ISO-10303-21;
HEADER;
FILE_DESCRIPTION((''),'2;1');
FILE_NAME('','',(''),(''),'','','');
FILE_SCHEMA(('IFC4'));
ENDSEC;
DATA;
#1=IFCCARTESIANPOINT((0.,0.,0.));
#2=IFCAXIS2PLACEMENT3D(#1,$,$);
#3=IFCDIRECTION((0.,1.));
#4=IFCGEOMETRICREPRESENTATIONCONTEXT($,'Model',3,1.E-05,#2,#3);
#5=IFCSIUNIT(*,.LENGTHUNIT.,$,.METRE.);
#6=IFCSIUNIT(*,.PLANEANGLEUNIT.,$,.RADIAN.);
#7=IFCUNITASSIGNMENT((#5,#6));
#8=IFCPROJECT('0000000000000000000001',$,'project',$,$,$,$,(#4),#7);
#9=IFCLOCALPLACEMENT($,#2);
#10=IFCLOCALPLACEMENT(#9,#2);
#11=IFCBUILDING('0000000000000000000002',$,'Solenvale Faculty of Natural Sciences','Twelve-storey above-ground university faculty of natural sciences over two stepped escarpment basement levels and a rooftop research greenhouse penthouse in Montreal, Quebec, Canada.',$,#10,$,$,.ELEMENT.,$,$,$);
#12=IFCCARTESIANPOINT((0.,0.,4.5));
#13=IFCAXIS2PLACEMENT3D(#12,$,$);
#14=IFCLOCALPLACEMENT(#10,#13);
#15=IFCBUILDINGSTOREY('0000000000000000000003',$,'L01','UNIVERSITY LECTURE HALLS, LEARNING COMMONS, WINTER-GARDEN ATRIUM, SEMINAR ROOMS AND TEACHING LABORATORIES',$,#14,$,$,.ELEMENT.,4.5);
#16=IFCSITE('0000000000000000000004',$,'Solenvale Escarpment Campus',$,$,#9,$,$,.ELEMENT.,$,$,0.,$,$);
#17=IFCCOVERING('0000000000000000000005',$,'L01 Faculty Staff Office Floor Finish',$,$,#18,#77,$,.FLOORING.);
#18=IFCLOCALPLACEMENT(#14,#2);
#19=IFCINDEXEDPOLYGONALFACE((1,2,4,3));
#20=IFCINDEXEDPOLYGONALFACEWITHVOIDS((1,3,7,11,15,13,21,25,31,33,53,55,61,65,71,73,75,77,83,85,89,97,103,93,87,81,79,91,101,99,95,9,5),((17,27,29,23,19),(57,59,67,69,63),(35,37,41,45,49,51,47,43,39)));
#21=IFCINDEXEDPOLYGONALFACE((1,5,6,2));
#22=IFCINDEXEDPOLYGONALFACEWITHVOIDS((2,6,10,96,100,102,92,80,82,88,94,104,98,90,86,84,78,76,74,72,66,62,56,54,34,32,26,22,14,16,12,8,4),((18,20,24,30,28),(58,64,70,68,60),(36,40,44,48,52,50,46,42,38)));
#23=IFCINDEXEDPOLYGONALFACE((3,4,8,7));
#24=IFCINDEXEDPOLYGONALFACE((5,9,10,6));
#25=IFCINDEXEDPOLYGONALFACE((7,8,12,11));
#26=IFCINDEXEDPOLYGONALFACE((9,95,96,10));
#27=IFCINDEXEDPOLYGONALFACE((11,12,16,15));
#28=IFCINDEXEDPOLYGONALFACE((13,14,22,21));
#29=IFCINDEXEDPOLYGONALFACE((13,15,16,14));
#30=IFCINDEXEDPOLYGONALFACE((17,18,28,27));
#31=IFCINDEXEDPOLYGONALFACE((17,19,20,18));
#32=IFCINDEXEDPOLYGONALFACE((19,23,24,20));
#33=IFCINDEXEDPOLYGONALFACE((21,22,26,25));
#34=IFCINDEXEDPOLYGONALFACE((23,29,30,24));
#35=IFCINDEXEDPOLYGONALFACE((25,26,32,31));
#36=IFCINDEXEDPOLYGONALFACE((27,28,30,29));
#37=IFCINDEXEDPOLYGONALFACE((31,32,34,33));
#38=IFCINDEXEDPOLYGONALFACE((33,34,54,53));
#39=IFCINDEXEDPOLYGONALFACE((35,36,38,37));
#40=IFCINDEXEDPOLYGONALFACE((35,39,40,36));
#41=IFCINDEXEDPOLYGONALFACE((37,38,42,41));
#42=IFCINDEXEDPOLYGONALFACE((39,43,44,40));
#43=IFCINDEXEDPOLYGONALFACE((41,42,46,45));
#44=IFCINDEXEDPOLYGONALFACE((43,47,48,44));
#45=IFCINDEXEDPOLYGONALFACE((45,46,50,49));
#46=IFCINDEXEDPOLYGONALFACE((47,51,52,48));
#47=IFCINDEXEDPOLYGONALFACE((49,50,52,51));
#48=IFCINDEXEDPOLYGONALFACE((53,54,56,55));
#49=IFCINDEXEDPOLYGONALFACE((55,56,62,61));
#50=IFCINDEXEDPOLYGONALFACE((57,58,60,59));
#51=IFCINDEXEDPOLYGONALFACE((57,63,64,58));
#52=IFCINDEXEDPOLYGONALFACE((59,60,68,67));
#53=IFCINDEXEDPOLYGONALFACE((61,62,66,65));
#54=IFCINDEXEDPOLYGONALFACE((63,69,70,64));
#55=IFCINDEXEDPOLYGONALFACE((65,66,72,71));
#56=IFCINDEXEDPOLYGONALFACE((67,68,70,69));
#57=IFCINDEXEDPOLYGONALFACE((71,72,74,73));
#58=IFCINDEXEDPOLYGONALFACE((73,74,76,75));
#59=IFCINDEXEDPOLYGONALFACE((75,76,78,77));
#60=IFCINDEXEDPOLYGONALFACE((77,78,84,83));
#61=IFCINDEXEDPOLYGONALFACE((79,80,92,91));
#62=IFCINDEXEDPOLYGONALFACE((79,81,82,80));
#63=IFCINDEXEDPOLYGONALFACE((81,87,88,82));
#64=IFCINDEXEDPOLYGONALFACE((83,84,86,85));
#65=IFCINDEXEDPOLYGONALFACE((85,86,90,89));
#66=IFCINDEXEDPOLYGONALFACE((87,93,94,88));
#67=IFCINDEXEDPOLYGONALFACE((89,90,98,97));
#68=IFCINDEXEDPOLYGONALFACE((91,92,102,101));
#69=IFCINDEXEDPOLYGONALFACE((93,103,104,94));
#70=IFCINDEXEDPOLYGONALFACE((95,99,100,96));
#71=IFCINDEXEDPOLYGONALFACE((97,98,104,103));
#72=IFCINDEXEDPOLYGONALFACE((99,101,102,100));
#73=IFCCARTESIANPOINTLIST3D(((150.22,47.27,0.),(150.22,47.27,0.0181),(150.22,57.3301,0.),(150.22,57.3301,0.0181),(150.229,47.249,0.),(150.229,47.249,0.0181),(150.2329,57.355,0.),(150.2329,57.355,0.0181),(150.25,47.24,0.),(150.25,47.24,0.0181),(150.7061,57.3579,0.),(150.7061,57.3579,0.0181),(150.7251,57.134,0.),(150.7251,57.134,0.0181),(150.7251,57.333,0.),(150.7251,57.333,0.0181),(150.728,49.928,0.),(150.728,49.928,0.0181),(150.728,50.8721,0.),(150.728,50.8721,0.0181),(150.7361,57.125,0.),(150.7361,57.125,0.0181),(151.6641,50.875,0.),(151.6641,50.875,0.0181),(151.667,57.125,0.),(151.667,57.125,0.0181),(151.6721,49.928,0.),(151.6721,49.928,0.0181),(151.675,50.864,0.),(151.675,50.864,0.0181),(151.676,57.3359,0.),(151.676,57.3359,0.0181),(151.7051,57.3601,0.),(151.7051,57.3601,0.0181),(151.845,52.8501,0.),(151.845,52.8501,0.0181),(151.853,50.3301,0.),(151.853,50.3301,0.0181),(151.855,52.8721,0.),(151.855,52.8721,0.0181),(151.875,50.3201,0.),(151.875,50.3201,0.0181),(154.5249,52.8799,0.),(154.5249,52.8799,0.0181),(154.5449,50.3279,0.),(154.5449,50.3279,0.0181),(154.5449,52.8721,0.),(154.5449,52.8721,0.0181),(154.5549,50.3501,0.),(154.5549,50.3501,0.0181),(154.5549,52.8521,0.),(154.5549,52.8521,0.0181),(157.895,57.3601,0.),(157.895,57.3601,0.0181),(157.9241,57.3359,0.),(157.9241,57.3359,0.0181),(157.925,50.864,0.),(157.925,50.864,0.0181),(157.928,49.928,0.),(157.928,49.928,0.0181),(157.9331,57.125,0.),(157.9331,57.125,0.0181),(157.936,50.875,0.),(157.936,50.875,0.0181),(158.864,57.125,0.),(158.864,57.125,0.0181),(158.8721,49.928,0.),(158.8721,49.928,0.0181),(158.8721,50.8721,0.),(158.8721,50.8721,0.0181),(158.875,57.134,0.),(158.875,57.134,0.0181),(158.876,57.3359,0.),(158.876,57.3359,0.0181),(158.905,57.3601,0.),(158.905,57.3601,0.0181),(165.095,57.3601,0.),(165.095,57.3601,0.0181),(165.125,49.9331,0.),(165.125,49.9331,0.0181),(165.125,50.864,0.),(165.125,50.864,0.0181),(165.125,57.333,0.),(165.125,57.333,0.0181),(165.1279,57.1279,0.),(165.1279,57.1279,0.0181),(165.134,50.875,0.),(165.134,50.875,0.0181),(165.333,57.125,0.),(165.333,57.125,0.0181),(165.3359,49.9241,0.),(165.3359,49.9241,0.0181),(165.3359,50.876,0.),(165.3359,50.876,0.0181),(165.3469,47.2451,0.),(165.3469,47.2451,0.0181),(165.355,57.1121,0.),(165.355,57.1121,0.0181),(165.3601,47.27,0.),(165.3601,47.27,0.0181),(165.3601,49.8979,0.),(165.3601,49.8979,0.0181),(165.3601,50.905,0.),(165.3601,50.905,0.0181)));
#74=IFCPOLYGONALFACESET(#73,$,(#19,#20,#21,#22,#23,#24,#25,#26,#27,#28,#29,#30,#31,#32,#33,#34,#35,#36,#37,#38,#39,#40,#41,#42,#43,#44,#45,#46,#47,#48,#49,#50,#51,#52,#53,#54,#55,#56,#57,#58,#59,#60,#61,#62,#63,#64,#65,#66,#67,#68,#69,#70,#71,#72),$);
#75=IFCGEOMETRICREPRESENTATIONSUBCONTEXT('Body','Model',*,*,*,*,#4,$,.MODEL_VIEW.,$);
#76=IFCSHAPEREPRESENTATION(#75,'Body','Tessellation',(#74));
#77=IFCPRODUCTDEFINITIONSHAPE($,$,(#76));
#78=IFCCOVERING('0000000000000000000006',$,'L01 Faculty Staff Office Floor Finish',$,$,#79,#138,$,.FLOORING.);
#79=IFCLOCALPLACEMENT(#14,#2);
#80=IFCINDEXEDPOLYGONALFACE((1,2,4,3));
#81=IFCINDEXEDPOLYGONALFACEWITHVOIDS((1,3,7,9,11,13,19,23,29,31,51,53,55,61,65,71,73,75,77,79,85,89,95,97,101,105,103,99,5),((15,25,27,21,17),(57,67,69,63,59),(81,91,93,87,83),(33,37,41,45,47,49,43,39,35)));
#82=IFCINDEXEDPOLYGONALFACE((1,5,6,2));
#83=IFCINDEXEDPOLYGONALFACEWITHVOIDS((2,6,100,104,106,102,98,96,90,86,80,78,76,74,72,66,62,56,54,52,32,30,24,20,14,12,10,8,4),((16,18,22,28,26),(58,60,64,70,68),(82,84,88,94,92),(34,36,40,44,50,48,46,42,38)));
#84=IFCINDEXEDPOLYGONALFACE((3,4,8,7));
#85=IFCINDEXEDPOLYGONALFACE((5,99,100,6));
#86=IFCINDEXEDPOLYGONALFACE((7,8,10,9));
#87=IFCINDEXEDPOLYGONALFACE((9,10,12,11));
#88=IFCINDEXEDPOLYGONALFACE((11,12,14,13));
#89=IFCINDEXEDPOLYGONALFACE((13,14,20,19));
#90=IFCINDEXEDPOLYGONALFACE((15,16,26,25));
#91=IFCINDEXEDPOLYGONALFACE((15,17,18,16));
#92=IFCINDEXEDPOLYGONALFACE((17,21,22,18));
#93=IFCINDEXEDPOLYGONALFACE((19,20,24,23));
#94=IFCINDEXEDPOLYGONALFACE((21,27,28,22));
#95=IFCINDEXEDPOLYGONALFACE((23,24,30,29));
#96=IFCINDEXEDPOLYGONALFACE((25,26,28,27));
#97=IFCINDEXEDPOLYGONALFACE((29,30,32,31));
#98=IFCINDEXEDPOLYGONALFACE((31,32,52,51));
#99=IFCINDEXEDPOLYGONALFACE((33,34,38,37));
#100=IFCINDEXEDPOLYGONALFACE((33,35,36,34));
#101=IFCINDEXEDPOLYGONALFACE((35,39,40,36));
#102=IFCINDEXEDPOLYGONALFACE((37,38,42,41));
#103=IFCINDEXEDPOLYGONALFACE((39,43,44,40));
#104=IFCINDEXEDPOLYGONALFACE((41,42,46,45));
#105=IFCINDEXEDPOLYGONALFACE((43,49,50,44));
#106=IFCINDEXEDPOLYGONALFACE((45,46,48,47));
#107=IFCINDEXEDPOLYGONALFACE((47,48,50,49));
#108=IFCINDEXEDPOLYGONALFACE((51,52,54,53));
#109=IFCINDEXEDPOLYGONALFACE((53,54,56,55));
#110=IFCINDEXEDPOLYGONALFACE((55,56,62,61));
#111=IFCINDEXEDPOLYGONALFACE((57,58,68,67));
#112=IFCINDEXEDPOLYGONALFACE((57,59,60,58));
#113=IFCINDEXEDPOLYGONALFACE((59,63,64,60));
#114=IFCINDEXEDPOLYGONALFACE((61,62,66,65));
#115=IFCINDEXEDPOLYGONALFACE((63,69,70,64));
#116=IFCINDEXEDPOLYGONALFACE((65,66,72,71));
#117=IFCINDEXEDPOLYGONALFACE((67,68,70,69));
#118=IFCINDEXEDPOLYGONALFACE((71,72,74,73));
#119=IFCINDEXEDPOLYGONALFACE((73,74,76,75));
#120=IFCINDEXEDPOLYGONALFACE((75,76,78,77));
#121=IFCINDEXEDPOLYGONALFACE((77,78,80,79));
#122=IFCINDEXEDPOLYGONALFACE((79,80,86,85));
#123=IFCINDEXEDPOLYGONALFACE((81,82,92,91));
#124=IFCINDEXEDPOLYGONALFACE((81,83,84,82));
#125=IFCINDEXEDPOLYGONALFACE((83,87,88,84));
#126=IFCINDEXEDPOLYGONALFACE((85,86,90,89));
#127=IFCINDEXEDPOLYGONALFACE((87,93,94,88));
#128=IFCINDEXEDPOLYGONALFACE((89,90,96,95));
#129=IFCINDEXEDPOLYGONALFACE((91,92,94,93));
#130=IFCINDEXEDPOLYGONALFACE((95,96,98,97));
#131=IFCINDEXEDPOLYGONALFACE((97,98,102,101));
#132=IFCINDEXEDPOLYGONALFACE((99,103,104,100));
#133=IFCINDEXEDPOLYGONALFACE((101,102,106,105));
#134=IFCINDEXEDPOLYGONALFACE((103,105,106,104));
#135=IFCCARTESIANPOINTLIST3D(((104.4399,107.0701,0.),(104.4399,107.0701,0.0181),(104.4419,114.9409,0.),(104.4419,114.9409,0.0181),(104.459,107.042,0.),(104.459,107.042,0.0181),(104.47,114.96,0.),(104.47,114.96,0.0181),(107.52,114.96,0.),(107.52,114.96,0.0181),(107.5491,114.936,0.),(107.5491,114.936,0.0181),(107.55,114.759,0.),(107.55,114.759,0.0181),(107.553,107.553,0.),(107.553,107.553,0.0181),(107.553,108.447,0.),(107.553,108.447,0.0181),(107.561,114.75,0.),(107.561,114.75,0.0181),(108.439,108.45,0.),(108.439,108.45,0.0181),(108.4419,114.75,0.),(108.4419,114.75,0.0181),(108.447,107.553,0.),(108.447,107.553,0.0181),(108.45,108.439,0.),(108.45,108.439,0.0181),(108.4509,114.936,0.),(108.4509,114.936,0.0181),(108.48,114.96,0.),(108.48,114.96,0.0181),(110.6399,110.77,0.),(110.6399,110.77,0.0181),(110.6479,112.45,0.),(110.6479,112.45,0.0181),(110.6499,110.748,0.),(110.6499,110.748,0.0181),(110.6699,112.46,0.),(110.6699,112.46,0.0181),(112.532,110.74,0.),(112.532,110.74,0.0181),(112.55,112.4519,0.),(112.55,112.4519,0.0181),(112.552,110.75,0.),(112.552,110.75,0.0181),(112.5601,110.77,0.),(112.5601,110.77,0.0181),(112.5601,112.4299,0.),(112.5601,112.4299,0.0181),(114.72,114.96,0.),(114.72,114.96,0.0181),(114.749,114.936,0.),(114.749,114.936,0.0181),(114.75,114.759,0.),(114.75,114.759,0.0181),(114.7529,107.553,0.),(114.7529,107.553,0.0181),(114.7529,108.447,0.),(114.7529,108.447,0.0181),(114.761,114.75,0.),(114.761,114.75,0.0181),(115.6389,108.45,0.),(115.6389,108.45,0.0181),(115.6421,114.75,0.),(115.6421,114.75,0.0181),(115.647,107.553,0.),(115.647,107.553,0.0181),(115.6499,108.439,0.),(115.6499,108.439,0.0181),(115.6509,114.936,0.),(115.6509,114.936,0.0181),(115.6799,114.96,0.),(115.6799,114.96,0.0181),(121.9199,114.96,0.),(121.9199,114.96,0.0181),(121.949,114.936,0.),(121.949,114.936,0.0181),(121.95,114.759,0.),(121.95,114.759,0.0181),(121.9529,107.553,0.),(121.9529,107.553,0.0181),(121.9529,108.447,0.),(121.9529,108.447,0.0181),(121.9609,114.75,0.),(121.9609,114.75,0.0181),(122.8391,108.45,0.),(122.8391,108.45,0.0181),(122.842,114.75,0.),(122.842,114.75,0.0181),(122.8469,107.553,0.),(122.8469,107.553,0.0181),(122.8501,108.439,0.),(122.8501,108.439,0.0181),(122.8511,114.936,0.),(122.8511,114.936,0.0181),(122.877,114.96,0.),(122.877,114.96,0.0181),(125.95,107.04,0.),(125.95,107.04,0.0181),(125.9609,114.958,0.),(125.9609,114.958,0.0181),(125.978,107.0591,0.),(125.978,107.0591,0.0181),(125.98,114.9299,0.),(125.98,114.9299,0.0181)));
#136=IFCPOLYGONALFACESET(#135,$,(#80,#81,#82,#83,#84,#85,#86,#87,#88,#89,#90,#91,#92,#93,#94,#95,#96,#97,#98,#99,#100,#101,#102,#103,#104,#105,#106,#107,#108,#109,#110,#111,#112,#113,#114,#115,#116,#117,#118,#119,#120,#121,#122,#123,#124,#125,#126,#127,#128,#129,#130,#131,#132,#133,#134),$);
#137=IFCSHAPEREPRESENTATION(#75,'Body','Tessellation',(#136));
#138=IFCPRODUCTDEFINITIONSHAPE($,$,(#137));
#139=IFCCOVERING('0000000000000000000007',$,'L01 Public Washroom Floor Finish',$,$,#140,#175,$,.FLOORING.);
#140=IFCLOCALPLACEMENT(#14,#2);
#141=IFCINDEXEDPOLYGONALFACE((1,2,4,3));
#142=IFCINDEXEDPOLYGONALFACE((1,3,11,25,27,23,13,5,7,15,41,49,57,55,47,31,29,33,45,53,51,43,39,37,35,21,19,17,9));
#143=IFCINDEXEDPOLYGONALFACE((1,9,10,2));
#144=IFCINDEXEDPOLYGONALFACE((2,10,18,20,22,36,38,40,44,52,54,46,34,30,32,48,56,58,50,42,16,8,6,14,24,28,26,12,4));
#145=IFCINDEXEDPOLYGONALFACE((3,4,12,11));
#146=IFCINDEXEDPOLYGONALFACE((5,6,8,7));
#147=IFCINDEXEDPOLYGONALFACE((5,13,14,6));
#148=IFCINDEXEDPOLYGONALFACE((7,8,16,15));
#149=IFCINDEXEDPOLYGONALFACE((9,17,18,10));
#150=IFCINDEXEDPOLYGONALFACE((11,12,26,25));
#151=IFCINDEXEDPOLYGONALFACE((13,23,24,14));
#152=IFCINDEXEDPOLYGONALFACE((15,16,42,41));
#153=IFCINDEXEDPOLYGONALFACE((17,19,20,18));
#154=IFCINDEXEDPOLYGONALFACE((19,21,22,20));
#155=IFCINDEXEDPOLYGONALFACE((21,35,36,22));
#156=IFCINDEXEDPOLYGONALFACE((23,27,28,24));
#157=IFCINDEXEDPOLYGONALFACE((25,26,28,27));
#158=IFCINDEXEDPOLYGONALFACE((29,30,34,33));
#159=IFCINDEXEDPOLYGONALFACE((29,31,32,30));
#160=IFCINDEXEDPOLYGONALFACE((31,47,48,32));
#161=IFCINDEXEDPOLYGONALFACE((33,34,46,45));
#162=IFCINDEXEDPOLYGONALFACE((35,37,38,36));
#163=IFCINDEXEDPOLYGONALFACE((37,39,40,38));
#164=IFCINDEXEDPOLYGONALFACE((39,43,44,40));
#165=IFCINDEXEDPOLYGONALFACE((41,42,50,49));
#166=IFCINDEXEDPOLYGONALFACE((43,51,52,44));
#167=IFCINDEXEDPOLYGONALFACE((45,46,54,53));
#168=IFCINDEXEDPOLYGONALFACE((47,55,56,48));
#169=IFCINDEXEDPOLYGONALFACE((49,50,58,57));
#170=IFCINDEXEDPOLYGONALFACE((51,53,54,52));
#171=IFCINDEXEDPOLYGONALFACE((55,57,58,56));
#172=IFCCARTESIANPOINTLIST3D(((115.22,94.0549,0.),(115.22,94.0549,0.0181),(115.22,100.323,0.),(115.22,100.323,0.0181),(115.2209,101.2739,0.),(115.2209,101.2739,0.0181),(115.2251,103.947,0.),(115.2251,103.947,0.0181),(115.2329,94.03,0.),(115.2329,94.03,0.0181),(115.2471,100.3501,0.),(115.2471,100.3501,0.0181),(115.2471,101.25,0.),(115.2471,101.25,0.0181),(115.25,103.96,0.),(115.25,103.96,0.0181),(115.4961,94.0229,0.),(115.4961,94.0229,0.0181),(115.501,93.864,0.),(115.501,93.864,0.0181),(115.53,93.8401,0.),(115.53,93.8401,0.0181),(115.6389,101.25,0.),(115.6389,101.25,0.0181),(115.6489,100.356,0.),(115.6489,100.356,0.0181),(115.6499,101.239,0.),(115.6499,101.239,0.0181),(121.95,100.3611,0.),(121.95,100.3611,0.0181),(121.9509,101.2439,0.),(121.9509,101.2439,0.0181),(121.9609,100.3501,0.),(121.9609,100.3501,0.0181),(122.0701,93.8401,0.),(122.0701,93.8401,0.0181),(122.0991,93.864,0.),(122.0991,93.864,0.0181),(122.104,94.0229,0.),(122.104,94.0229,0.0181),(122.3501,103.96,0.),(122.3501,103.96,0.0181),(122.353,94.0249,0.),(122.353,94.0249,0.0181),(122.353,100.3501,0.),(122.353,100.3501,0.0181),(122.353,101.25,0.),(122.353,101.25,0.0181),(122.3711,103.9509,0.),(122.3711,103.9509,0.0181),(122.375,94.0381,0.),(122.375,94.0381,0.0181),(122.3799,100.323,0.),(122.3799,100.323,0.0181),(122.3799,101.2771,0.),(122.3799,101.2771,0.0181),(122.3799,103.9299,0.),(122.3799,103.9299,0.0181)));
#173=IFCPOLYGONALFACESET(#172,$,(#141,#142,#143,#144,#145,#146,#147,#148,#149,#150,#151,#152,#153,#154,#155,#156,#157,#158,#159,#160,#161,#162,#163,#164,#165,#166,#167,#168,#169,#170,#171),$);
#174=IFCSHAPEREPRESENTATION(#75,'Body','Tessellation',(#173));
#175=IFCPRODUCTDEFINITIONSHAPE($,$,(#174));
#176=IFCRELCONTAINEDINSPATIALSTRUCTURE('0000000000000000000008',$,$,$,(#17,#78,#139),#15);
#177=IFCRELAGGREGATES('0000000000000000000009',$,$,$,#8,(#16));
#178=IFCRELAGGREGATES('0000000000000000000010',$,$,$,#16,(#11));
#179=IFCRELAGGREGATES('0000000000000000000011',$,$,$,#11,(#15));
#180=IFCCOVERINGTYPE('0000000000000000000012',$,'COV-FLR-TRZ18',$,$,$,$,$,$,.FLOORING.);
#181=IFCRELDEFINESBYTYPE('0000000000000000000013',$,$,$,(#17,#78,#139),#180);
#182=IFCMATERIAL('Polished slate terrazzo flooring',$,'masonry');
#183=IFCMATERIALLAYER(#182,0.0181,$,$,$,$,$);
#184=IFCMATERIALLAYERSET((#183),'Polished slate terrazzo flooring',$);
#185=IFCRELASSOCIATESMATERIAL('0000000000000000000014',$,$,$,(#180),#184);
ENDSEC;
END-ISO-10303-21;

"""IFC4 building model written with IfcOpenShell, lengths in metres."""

from ifc_helpers import new_model, si_unit, direction, frame, origin, place, context, subcontext, project, spatial, polyline, outline, extrude, material, layer, layer_set, type_object, element, save


model = new_model("IFC4")

# Units and contexts
model_context = context("Model", 3, precision=1e-05, world=origin(), true_north=direction((0.0, 1.0)))
body_context = subcontext(model_context, "Body", "Model", "MODEL_VIEW")
ifc_project = project(units=[si_unit("LENGTHUNIT", "METRE"), si_unit("PLANEANGLEUNIT", "RADIAN")], contexts=[model_context])

# Site, building, storey
site_placement = place(None, origin())
site = spatial("IfcSite", under=ifc_project, at=site_placement, Name="Solenvale Escarpment Campus", CompositionType="ELEMENT", RefElevation=0.0)
building_placement = place(site_placement, origin())
building = spatial("IfcBuilding", under=site, at=building_placement, Name="Solenvale Faculty of Natural Sciences", Description="Twelve-storey above-ground university faculty of natural sciences over two stepped escarpment basement levels and a rooftop research greenhouse penthouse in Montreal, Quebec, Canada.", CompositionType="ELEMENT")
storey_placement = place(building_placement, frame((0.0, 0.0, 4.5)))
storey = spatial("IfcBuildingStorey", under=building, at=storey_placement, Name="L01", Description="UNIVERSITY LECTURE HALLS, LEARNING COMMONS, WINTER-GARDEN ATRIUM, SEMINAR ROOMS AND TEACHING LABORATORIES", CompositionType="ELEMENT", Elevation=4.5)

# Coverings
ifc_material_1 = material(Name="Polished slate terrazzo flooring", Category="masonry")
ifc_layer_1 = layer(ifc_material_1, 0.0181)
ifc_layer_set_1 = layer_set([ifc_layer_1], Name="Polished slate terrazzo flooring")
covering_type_1 = type_object("IfcCoveringType", Name="COV-FLR-TRZ18", PredefinedType="FLOORING", material=ifc_layer_set_1)
covering_1_placement = place(storey_placement, origin())
element("IfcCovering", 1, at=covering_1_placement, inside=storey, type_object=covering_type_1, Name="L01 Faculty Staff Office Floor Finish", PredefinedType="FLOORING", context=body_context, shape_type="SweptSolid", body=[
    extrude(outline(polyline([(150.25, 47.24), (150.229, 47.249), (150.22, 47.27), (150.22, 57.3301), (150.2329, 57.355), (150.7061, 57.3579), (150.7251, 57.333), (150.7251, 57.134), (150.7361, 57.125), (151.667, 57.125), (151.676, 57.3359), (151.7051, 57.3601), (157.895, 57.3601), (157.9241, 57.3359), (157.9331, 57.125), (158.864, 57.125), (158.875, 57.134), (158.876, 57.3359), (158.905, 57.3601), (165.095, 57.3601), (165.125, 57.333), (165.1279, 57.1279), (165.333, 57.125), (165.355, 57.1121), (165.3601, 50.905), (165.3359, 50.876), (165.134, 50.875), (165.125, 50.864), (165.125, 49.9331), (165.3359, 49.9241), (165.3601, 49.8979), (165.3601, 47.27), (165.3469, 47.2451), (150.25, 47.24)]), holes=[polyline([(157.936, 50.875), (157.925, 50.864), (157.928, 49.928), (158.8721, 49.928), (158.8721, 50.8721), (157.936, 50.875)]), polyline([(154.5549, 52.8521), (154.5449, 52.8721), (154.5249, 52.8799), (151.855, 52.8721), (151.845, 52.8501), (151.853, 50.3301), (151.875, 50.3201), (154.5449, 50.3279), (154.5549, 50.3501), (154.5549, 52.8521)]), polyline([(151.675, 50.864), (151.6641, 50.875), (150.728, 50.8721), (150.728, 49.928), (151.6721, 49.928), (151.675, 50.864)])]), origin(), (0.0, 0.0, 1.0), 0.0181),
])
covering_2_placement = place(storey_placement, origin())
element("IfcCovering", 2, at=covering_2_placement, inside=storey, type_object=covering_type_1, Name="L01 Faculty Staff Office Floor Finish", PredefinedType="FLOORING", context=body_context, shape_type="SweptSolid", body=[
    extrude(outline(polyline([(107.52, 114.96), (107.5491, 114.936), (107.55, 114.759), (107.561, 114.75), (108.4419, 114.75), (108.4509, 114.936), (108.48, 114.96), (114.72, 114.96), (114.749, 114.936), (114.75, 114.759), (114.761, 114.75), (115.6421, 114.75), (115.6509, 114.936), (115.6799, 114.96), (121.9199, 114.96), (121.949, 114.936), (121.95, 114.759), (121.9609, 114.75), (122.842, 114.75), (122.8511, 114.936), (122.877, 114.96), (125.9609, 114.958), (125.98, 114.9299), (125.978, 107.0591), (125.95, 107.04), (104.459, 107.042), (104.4399, 107.0701), (104.4419, 114.9409), (104.47, 114.96), (107.52, 114.96)]), holes=[polyline([(122.8501, 108.439), (122.8391, 108.45), (121.9529, 108.447), (121.9529, 107.553), (122.8469, 107.553), (122.8501, 108.439)]), polyline([(115.6499, 108.439), (115.6389, 108.45), (114.7529, 108.447), (114.7529, 107.553), (115.647, 107.553), (115.6499, 108.439)]), polyline([(112.532, 110.74), (112.552, 110.75), (112.5601, 110.77), (112.5601, 112.4299), (112.55, 112.4519), (110.6699, 112.46), (110.6479, 112.45), (110.6399, 110.77), (110.6499, 110.748), (112.532, 110.74)]), polyline([(108.45, 108.439), (108.439, 108.45), (107.553, 108.447), (107.553, 107.553), (108.447, 107.553), (108.45, 108.439)])]), origin(), (0.0, 0.0, 1.0), 0.0181),
])
covering_3_placement = place(storey_placement, origin())
element("IfcCovering", 3, at=covering_3_placement, inside=storey, type_object=covering_type_1, Name="L01 Public Washroom Floor Finish", PredefinedType="FLOORING", context=body_context, shape_type="SweptSolid", body=[
    extrude(outline(polyline([(122.3501, 103.96), (122.3711, 103.9509), (122.3799, 103.9299), (122.3799, 101.2771), (122.353, 101.25), (121.9509, 101.2439), (121.95, 100.3611), (121.9609, 100.3501), (122.353, 100.3501), (122.3799, 100.323), (122.375, 94.0381), (122.353, 94.0249), (122.104, 94.0229), (122.0991, 93.864), (122.0701, 93.8401), (115.53, 93.8401), (115.501, 93.864), (115.4961, 94.0229), (115.2329, 94.03), (115.22, 94.0549), (115.22, 100.323), (115.2471, 100.3501), (115.6489, 100.356), (115.6499, 101.239), (115.6389, 101.25), (115.2471, 101.25), (115.2209, 101.2739), (115.2251, 103.947), (115.25, 103.96), (122.3501, 103.96)])), origin(), (0.0, 0.0, 1.0), 0.0181),
])

save(model, "model.ifc")
